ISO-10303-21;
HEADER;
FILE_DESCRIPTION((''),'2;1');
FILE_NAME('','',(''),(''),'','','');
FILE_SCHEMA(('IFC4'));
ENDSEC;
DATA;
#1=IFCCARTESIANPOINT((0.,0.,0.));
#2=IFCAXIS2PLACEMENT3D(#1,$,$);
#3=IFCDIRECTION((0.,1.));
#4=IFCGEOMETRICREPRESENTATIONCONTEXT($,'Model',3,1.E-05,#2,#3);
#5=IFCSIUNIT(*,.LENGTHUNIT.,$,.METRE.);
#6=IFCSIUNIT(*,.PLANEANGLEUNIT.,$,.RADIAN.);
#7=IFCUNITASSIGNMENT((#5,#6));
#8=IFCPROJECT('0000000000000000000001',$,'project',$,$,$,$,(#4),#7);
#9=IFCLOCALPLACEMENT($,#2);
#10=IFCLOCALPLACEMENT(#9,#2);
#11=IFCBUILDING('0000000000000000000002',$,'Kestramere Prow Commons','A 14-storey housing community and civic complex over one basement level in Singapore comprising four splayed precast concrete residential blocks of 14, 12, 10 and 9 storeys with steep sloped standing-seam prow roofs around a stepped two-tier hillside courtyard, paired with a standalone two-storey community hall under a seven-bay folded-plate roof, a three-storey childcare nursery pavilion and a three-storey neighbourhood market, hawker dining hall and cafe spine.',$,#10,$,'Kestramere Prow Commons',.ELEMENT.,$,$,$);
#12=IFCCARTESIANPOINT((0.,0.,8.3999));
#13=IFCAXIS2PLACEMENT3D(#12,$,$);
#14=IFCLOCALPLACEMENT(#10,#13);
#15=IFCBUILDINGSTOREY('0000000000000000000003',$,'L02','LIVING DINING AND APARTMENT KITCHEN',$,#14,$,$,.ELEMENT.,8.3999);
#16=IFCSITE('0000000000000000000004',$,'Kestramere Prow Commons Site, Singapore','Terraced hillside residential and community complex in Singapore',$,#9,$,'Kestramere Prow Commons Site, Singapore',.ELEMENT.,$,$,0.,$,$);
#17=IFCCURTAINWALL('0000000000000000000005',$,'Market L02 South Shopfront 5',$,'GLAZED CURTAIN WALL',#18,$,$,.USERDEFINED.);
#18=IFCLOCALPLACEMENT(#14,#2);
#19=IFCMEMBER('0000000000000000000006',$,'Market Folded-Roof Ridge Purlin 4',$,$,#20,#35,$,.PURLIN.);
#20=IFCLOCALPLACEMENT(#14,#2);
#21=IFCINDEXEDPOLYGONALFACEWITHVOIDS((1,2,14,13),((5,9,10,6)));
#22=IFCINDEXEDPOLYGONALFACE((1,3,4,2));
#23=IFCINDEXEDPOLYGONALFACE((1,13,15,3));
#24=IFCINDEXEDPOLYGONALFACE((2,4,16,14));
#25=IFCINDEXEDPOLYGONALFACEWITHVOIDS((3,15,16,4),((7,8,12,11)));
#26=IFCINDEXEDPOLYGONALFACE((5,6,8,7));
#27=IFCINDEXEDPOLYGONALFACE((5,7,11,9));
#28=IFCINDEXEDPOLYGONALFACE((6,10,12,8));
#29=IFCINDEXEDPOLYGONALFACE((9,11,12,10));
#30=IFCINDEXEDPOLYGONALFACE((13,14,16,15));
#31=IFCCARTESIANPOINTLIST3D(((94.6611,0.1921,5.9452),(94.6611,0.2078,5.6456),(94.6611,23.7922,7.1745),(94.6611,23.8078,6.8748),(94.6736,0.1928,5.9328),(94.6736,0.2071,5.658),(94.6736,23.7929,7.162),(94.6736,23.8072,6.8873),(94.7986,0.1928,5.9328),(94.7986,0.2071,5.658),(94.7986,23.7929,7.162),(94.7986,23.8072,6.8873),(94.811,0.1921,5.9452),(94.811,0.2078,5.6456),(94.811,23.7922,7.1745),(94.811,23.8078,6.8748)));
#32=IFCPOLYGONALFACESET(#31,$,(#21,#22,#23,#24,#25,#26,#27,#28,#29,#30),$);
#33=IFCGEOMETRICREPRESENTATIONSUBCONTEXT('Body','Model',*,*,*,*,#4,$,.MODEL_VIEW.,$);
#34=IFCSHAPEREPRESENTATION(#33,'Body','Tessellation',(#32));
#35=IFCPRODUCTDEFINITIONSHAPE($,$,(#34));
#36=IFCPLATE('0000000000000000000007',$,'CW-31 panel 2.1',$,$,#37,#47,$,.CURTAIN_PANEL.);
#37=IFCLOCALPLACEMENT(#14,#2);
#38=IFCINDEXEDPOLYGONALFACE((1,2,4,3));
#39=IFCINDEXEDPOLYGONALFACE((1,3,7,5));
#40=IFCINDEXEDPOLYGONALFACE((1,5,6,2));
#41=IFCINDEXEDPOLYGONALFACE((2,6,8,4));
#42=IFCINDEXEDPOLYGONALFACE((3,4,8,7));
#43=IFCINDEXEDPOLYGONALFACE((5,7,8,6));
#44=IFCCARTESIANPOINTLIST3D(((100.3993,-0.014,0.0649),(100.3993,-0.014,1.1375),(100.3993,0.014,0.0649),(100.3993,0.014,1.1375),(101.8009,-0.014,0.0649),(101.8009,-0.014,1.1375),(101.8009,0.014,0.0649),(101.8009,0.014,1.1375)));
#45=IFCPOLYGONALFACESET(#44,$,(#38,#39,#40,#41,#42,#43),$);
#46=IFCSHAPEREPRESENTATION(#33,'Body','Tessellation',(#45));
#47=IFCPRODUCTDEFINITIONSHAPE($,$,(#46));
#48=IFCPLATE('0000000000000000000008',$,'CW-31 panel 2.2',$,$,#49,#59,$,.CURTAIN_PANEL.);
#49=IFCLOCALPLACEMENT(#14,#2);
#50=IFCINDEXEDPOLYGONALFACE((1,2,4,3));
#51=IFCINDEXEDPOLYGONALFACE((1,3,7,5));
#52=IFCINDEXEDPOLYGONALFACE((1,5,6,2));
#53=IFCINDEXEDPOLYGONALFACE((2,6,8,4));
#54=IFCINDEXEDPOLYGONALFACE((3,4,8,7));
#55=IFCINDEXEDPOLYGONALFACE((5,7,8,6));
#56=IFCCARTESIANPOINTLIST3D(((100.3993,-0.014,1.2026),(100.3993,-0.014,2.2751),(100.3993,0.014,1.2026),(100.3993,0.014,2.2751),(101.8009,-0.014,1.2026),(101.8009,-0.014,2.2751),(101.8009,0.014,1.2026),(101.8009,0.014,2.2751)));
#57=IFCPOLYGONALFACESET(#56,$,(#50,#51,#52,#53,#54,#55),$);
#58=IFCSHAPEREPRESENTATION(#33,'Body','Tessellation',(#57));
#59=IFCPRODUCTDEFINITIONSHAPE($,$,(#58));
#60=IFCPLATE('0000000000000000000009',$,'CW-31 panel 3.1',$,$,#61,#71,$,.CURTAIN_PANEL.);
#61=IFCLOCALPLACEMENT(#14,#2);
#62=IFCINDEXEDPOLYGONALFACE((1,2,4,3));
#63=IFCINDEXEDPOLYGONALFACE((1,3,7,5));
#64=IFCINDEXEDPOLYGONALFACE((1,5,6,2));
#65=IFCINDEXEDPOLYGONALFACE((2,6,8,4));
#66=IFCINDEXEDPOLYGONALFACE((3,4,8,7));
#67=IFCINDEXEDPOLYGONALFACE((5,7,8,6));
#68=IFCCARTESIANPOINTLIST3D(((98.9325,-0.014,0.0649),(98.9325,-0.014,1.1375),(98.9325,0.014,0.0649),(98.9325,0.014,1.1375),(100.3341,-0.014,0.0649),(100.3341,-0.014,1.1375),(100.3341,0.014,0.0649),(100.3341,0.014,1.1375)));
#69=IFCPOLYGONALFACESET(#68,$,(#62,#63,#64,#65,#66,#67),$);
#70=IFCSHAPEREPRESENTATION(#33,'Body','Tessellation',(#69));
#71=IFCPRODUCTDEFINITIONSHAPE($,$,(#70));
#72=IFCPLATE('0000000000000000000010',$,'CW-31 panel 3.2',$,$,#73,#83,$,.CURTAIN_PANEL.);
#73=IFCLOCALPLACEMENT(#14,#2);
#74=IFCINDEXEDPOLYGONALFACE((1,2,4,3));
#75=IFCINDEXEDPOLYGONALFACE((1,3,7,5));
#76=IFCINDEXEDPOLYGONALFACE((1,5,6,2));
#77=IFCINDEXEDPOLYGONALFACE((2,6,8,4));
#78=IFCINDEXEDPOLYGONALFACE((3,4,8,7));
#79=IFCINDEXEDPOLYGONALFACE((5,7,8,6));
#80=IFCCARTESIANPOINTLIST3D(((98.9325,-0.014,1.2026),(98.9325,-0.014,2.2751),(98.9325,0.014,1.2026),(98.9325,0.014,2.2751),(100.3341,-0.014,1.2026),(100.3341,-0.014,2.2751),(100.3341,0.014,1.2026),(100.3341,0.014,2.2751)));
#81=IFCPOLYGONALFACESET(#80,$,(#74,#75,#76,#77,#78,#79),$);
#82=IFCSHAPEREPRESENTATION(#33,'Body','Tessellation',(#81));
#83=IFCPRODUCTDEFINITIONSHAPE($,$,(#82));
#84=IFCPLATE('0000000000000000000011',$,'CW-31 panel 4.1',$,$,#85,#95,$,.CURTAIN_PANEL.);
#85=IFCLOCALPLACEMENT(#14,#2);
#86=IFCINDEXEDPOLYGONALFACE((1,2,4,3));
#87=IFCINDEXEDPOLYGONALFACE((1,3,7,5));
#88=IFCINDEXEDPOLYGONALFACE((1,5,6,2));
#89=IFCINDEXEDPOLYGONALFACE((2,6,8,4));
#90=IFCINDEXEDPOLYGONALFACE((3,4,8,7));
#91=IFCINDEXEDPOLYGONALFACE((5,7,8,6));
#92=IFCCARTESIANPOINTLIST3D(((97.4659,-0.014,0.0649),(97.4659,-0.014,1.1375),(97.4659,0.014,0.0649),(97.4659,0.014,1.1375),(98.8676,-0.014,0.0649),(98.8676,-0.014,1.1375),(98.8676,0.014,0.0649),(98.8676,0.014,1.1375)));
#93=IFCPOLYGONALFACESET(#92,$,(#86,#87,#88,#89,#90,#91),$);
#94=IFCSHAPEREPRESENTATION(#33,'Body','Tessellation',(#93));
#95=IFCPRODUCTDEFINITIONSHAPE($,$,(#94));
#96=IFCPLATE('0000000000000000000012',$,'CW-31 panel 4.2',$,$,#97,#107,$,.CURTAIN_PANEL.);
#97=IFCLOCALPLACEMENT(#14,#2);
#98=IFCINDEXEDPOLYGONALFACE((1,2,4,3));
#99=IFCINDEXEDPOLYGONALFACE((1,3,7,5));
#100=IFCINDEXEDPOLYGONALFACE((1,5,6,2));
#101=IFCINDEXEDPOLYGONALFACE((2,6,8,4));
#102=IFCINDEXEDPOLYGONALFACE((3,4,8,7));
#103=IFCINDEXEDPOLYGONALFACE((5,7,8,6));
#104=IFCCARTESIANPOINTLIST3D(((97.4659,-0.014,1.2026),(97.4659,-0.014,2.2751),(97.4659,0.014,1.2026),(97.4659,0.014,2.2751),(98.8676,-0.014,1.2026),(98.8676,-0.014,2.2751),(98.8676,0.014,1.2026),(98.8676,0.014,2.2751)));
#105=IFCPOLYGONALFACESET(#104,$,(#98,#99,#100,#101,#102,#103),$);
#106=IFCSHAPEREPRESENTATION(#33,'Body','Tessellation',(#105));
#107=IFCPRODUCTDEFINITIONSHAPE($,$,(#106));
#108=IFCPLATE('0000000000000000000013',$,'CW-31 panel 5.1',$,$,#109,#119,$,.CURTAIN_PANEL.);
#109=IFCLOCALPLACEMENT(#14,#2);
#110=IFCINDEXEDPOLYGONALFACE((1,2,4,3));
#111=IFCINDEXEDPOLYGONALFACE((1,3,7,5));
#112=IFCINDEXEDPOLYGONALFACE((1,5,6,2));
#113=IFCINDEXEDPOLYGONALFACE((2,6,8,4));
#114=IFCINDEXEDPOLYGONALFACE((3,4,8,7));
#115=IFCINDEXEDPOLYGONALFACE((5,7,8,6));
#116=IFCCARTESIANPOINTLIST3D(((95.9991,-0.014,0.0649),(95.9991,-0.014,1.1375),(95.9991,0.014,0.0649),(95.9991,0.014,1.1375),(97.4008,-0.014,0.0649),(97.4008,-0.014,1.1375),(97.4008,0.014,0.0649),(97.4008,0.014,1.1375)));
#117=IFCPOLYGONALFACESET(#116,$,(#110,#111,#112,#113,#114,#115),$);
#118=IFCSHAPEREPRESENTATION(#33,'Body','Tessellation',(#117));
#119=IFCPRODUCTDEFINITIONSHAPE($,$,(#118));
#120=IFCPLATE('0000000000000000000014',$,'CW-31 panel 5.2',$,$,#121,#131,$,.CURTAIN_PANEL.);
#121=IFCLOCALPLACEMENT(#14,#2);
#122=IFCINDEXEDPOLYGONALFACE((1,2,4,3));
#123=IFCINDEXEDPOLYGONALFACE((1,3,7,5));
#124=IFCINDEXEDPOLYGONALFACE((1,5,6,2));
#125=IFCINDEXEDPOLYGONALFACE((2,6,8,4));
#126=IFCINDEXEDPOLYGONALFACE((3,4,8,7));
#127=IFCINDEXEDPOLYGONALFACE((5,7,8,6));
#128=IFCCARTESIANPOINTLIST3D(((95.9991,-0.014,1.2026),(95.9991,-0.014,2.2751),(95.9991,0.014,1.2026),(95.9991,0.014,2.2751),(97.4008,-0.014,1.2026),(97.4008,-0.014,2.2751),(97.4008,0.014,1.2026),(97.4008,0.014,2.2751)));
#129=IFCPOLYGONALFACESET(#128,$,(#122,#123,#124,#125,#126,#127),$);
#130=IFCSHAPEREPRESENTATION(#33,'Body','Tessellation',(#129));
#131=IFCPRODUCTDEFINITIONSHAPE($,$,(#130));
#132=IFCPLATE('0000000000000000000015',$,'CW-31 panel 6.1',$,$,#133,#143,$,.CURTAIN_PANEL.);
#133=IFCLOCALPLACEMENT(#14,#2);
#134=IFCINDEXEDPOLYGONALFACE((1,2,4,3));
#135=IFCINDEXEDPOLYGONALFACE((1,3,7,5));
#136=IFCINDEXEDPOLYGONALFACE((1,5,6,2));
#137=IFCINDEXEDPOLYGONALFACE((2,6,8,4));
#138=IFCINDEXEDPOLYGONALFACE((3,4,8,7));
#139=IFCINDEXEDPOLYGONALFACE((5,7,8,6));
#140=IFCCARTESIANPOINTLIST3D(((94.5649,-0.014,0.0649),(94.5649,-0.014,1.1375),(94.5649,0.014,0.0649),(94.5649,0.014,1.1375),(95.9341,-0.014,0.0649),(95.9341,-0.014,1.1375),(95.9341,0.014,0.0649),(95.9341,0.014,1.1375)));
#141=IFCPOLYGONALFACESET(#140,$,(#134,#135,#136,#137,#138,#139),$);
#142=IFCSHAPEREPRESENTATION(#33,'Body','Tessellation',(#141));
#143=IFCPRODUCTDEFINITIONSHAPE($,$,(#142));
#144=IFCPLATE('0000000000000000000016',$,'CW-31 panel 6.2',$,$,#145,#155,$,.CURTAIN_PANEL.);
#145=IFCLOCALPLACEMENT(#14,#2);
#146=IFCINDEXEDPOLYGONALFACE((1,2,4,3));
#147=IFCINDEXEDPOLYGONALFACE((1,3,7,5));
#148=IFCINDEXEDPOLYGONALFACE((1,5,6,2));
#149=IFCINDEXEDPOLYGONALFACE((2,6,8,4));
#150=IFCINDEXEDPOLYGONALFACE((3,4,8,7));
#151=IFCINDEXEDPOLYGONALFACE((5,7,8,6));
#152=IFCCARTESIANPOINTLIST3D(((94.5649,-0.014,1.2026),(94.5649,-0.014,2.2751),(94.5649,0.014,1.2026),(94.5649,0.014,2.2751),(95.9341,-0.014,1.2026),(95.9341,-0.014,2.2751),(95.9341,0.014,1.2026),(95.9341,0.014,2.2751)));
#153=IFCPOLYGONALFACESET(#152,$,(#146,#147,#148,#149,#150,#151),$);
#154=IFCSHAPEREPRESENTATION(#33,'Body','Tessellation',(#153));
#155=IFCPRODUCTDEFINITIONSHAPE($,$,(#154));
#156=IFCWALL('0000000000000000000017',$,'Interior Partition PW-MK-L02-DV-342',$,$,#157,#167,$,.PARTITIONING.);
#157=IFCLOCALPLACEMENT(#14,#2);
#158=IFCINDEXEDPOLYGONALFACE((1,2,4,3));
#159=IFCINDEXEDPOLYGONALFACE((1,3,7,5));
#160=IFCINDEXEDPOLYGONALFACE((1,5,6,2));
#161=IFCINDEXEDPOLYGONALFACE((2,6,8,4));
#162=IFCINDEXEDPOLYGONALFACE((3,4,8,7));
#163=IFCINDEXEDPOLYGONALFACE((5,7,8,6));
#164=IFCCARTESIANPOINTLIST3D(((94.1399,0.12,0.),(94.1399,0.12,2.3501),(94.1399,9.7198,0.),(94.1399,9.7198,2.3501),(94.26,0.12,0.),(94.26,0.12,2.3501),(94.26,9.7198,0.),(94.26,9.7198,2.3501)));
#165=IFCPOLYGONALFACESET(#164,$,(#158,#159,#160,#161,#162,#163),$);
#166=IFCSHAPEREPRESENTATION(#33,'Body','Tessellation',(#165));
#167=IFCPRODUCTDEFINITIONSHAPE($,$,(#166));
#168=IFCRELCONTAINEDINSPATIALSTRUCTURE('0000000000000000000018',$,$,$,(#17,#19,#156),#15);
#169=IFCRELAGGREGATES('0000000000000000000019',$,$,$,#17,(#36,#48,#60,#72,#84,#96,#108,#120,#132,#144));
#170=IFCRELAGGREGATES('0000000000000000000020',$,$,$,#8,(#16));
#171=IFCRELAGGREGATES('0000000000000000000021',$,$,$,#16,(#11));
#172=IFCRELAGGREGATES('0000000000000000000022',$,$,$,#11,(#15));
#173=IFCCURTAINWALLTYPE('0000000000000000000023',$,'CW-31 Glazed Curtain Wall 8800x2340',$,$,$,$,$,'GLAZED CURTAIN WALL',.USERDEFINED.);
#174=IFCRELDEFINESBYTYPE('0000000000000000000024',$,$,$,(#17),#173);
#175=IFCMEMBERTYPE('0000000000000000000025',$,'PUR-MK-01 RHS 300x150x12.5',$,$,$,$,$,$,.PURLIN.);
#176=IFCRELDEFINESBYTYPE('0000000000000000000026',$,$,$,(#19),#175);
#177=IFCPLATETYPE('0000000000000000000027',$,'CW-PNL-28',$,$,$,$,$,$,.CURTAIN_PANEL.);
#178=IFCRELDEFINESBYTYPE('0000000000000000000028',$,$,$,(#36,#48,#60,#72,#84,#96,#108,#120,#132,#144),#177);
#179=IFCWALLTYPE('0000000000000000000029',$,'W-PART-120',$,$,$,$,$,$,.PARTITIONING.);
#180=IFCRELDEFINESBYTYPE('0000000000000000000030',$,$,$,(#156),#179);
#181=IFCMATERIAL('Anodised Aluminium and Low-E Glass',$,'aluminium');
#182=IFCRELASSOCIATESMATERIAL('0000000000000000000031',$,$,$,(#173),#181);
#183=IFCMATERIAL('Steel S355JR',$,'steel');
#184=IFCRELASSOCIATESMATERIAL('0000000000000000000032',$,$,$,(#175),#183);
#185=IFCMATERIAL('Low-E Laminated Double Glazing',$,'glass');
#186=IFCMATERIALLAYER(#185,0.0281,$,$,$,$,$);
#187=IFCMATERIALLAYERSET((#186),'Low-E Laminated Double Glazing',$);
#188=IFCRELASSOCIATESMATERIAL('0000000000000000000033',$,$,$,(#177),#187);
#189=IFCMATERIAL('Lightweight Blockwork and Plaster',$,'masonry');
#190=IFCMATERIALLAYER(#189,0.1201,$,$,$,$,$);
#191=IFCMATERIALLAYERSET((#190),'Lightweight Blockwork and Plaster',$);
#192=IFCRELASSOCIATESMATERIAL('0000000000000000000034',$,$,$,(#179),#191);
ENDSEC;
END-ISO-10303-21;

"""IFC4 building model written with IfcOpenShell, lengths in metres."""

from ifc_helpers import new_model, si_unit, direction, frame, frame_2d, origin, origin_2d, place, context, subcontext, project, spatial, rectangle, hollow_rectangle, extrude, material, layer, layer_set, material_profile, profile_set, type_object, element, aggregate, save


model = new_model("IFC4")

# Units and contexts
model_context = context("Model", 3, precision=1e-05, world=origin(), true_north=direction((0.0, 1.0)))
body_context = subcontext(model_context, "Body", "Model", "MODEL_VIEW")
ifc_project = project(units=[si_unit("LENGTHUNIT", "METRE"), si_unit("PLANEANGLEUNIT", "RADIAN")], contexts=[model_context])

# Site, building, storey
site_placement = place(None, origin())
site = spatial("IfcSite", under=ifc_project, at=site_placement, Name="Kestramere Prow Commons Site, Singapore", Description="Terraced hillside residential and community complex in Singapore", LongName="Kestramere Prow Commons Site, Singapore", CompositionType="ELEMENT", RefElevation=0.0)
building_placement = place(site_placement, origin())
building = spatial("IfcBuilding", under=site, at=building_placement, Name="Kestramere Prow Commons", Description="A 14-storey housing community and civic complex over one basement level in Singapore comprising four splayed precast concrete residential blocks of 14, 12, 10 and 9 storeys with steep sloped standing-seam prow roofs around a stepped two-tier hillside courtyard, paired with a standalone two-storey community hall under a seven-bay folded-plate roof, a three-storey childcare nursery pavilion and a three-storey neighbourhood market, hawker dining hall and cafe spine.", LongName="Kestramere Prow Commons", CompositionType="ELEMENT")
storey_placement = place(building_placement, frame((0.0, 0.0, 8.3999)))
storey = spatial("IfcBuildingStorey", under=building, at=storey_placement, Name="L02", Description="LIVING DINING AND APARTMENT KITCHEN", CompositionType="ELEMENT", Elevation=8.3999)

# Shared definitions
ifc_material_1 = material(Name="Steel S355JR", Category="steel")

# Curtain wall
ifc_material_2 = material(Name="Anodised Aluminium and Low-E Glass", Category="aluminium")
curtain_wall_type = type_object("IfcCurtainWallType", Name="CW-31 Glazed Curtain Wall 8800x2340", ElementType="GLAZED CURTAIN WALL", PredefinedType="USERDEFINED", material=ifc_material_2)
curtain_wall_placement = place(storey_placement, origin())
curtain_wall = element("IfcCurtainWall", 1, at=curtain_wall_placement, inside=storey, type_object=curtain_wall_type, Name="Market L02 South Shopfront 5", ObjectType="GLAZED CURTAIN WALL", PredefinedType="USERDEFINED")

# Member
ifc_material_profile_1 = material_profile(ifc_material_1, hollow_rectangle(XDim=0.1499, YDim=0.3, WallThickness=0.0125, at=origin_2d()), Name="RHS 300x150x12.5")
ifc_profile_set_1 = profile_set([ifc_material_profile_1], Name="Steel S355JR")
member_type_1 = type_object("IfcMemberType", Name="PUR-MK-01 RHS 300x150x12.5", PredefinedType="PURLIN", material=ifc_profile_set_1)
member_1_placement = place(storey_placement, frame((94.7361, 0.2, 5.7954), z_axis=(0.0, 0.998646, 0.052016), x_axis=(-1.0, 0.0, 0.0)))
element("IfcMember", 2, at=member_1_placement, inside=storey, type_object=member_type_1, Name="Market Folded-Roof Ridge Purlin 4", PredefinedType="PURLIN", context=body_context, shape_type="SweptSolid", body=[
    extrude(hollow_rectangle(XDim=0.1499, YDim=0.3, WallThickness=0.0125, at=origin_2d()), origin(), (0.0, 0.0, 1.0), 23.6321),
])

# Plates
ifc_material_3 = material(Name="Low-E Laminated Double Glazing", Category="glass")
ifc_layer_1 = layer(ifc_material_3, 0.0281)
ifc_layer_set_1 = layer_set([ifc_layer_1], Name="Low-E Laminated Double Glazing")
plate_type = type_object("IfcPlateType", Name="CW-PNL-28", PredefinedType="CURTAIN_PANEL", material=ifc_layer_set_1)
plate_1_placement = place(storey_placement, frame((101.1001, 0.0, 0.0649), z_axis=(0.0, 0.0, 1.0), x_axis=(-1.0, 0.0, 0.0)))
plate_1 = element("IfcPlate", 3, at=plate_1_placement, type_object=plate_type, Name="CW-31 panel 2.1", PredefinedType="CURTAIN_PANEL", context=body_context, shape_type="SweptSolid", body=[
    extrude(rectangle(XDim=1.4016, YDim=0.0281, at=origin_2d()), origin(), (0.0, 0.0, 1.0), 1.0725),
])
plate_2_placement = place(storey_placement, frame((101.1001, 0.0, 1.2026), z_axis=(0.0, 0.0, 1.0), x_axis=(-1.0, 0.0, 0.0)))
plate_2 = element("IfcPlate", 4, at=plate_2_placement, type_object=plate_type, Name="CW-31 panel 2.2", PredefinedType="CURTAIN_PANEL", context=body_context, shape_type="SweptSolid", body=[
    extrude(rectangle(XDim=1.4016, YDim=0.0281, at=origin_2d()), origin(), (0.0, 0.0, 1.0), 1.0725),
])
plate_3_placement = place(storey_placement, frame((99.6333, 0.0, 0.0649), z_axis=(0.0, 0.0, 1.0), x_axis=(-1.0, 0.0, 0.0)))
plate_3 = element("IfcPlate", 5, at=plate_3_placement, type_object=plate_type, Name="CW-31 panel 3.1", PredefinedType="CURTAIN_PANEL", context=body_context, shape_type="SweptSolid", body=[
    extrude(rectangle(XDim=1.4016, YDim=0.0281, at=origin_2d()), origin(), (0.0, 0.0, 1.0), 1.0725),
])
plate_4_placement = place(storey_placement, frame((99.6333, 0.0, 1.2026), z_axis=(0.0, 0.0, 1.0), x_axis=(-1.0, 0.0, 0.0)))
plate_4 = element("IfcPlate", 6, at=plate_4_placement, type_object=plate_type, Name="CW-31 panel 3.2", PredefinedType="CURTAIN_PANEL", context=body_context, shape_type="SweptSolid", body=[
    extrude(rectangle(XDim=1.4016, YDim=0.0281, at=origin_2d()), origin(), (0.0, 0.0, 1.0), 1.0725),
])
plate_5_placement = place(storey_placement, frame((98.1667, 0.0, 0.0649), z_axis=(0.0, 0.0, 1.0), x_axis=(-1.0, 0.0, 0.0)))
plate_5 = element("IfcPlate", 7, at=plate_5_placement, type_object=plate_type, Name="CW-31 panel 4.1", PredefinedType="CURTAIN_PANEL", context=body_context, shape_type="SweptSolid", body=[
    extrude(rectangle(XDim=1.4016, YDim=0.0281, at=origin_2d()), origin(), (0.0, 0.0, 1.0), 1.0725),
])
plate_6_placement = place(storey_placement, frame((98.1667, 0.0, 1.2026), z_axis=(0.0, 0.0, 1.0), x_axis=(-1.0, 0.0, 0.0)))
plate_6 = element("IfcPlate", 8, at=plate_6_placement, type_object=plate_type, Name="CW-31 panel 4.2", PredefinedType="CURTAIN_PANEL", context=body_context, shape_type="SweptSolid", body=[
    extrude(rectangle(XDim=1.4016, YDim=0.0281, at=origin_2d()), origin(), (0.0, 0.0, 1.0), 1.0725),
])
plate_7_placement = place(storey_placement, frame((96.7, 0.0, 0.0649), z_axis=(0.0, 0.0, 1.0), x_axis=(-1.0, 0.0, 0.0)))
plate_7 = element("IfcPlate", 9, at=plate_7_placement, type_object=plate_type, Name="CW-31 panel 5.1", PredefinedType="CURTAIN_PANEL", context=body_context, shape_type="SweptSolid", body=[
    extrude(rectangle(XDim=1.4016, YDim=0.0281, at=origin_2d()), origin(), (0.0, 0.0, 1.0), 1.0725),
])
plate_8_placement = place(storey_placement, frame((96.7, 0.0, 1.2026), z_axis=(0.0, 0.0, 1.0), x_axis=(-1.0, 0.0, 0.0)))
plate_8 = element("IfcPlate", 10, at=plate_8_placement, type_object=plate_type, Name="CW-31 panel 5.2", PredefinedType="CURTAIN_PANEL", context=body_context, shape_type="SweptSolid", body=[
    extrude(rectangle(XDim=1.4016, YDim=0.0281, at=origin_2d()), origin(), (0.0, 0.0, 1.0), 1.0725),
])
plate_9_placement = place(storey_placement, frame((95.2495, 0.0, 0.0649), z_axis=(0.0, 0.0, 1.0), x_axis=(-1.0, 0.0, 0.0)))
plate_9 = element("IfcPlate", 11, at=plate_9_placement, type_object=plate_type, Name="CW-31 panel 6.1", PredefinedType="CURTAIN_PANEL", context=body_context, shape_type="SweptSolid", body=[
    extrude(rectangle(XDim=1.3691, YDim=0.0281, at=origin_2d()), origin(), (0.0, 0.0, 1.0), 1.0725),
])
plate_10_placement = place(storey_placement, frame((95.2495, 0.0, 1.2026), z_axis=(0.0, 0.0, 1.0), x_axis=(-1.0, 0.0, 0.0)))
plate_10 = element("IfcPlate", 12, at=plate_10_placement, type_object=plate_type, Name="CW-31 panel 6.2", PredefinedType="CURTAIN_PANEL", context=body_context, shape_type="SweptSolid", body=[
    extrude(rectangle(XDim=1.3691, YDim=0.0281, at=origin_2d()), origin(), (0.0, 0.0, 1.0), 1.0725),
])
aggregate(curtain_wall, [plate_1, plate_2, plate_3, plate_4, plate_5, plate_6, plate_7, plate_8, plate_9, plate_10])

# Wall
ifc_material_4 = material(Name="Lightweight Blockwork and Plaster", Category="masonry")
ifc_layer_2 = layer(ifc_material_4, 0.1201)
ifc_layer_set_2 = layer_set([ifc_layer_2], Name="Lightweight Blockwork and Plaster")
wall_type = type_object("IfcWallType", Name="W-PART-120", PredefinedType="PARTITIONING", material=ifc_layer_set_2)
wall_placement = place(storey_placement, frame((94.2, 0.1201, 0.0), z_axis=(0.0, 0.0, 1.0), x_axis=(0.0, 1.0, 0.0)))
element("IfcWall", 13, at=wall_placement, inside=storey, type_object=wall_type, Name="Interior Partition PW-MK-L02-DV-342", PredefinedType="PARTITIONING", context=body_context, shape_type="SweptSolid", body=[
    extrude(rectangle(XDim=9.5999, YDim=0.1201, at=frame_2d((4.7998, 0.0))), origin(), (0.0, 0.0, 1.0), 2.3501),
])

save(model, "model.ifc")
